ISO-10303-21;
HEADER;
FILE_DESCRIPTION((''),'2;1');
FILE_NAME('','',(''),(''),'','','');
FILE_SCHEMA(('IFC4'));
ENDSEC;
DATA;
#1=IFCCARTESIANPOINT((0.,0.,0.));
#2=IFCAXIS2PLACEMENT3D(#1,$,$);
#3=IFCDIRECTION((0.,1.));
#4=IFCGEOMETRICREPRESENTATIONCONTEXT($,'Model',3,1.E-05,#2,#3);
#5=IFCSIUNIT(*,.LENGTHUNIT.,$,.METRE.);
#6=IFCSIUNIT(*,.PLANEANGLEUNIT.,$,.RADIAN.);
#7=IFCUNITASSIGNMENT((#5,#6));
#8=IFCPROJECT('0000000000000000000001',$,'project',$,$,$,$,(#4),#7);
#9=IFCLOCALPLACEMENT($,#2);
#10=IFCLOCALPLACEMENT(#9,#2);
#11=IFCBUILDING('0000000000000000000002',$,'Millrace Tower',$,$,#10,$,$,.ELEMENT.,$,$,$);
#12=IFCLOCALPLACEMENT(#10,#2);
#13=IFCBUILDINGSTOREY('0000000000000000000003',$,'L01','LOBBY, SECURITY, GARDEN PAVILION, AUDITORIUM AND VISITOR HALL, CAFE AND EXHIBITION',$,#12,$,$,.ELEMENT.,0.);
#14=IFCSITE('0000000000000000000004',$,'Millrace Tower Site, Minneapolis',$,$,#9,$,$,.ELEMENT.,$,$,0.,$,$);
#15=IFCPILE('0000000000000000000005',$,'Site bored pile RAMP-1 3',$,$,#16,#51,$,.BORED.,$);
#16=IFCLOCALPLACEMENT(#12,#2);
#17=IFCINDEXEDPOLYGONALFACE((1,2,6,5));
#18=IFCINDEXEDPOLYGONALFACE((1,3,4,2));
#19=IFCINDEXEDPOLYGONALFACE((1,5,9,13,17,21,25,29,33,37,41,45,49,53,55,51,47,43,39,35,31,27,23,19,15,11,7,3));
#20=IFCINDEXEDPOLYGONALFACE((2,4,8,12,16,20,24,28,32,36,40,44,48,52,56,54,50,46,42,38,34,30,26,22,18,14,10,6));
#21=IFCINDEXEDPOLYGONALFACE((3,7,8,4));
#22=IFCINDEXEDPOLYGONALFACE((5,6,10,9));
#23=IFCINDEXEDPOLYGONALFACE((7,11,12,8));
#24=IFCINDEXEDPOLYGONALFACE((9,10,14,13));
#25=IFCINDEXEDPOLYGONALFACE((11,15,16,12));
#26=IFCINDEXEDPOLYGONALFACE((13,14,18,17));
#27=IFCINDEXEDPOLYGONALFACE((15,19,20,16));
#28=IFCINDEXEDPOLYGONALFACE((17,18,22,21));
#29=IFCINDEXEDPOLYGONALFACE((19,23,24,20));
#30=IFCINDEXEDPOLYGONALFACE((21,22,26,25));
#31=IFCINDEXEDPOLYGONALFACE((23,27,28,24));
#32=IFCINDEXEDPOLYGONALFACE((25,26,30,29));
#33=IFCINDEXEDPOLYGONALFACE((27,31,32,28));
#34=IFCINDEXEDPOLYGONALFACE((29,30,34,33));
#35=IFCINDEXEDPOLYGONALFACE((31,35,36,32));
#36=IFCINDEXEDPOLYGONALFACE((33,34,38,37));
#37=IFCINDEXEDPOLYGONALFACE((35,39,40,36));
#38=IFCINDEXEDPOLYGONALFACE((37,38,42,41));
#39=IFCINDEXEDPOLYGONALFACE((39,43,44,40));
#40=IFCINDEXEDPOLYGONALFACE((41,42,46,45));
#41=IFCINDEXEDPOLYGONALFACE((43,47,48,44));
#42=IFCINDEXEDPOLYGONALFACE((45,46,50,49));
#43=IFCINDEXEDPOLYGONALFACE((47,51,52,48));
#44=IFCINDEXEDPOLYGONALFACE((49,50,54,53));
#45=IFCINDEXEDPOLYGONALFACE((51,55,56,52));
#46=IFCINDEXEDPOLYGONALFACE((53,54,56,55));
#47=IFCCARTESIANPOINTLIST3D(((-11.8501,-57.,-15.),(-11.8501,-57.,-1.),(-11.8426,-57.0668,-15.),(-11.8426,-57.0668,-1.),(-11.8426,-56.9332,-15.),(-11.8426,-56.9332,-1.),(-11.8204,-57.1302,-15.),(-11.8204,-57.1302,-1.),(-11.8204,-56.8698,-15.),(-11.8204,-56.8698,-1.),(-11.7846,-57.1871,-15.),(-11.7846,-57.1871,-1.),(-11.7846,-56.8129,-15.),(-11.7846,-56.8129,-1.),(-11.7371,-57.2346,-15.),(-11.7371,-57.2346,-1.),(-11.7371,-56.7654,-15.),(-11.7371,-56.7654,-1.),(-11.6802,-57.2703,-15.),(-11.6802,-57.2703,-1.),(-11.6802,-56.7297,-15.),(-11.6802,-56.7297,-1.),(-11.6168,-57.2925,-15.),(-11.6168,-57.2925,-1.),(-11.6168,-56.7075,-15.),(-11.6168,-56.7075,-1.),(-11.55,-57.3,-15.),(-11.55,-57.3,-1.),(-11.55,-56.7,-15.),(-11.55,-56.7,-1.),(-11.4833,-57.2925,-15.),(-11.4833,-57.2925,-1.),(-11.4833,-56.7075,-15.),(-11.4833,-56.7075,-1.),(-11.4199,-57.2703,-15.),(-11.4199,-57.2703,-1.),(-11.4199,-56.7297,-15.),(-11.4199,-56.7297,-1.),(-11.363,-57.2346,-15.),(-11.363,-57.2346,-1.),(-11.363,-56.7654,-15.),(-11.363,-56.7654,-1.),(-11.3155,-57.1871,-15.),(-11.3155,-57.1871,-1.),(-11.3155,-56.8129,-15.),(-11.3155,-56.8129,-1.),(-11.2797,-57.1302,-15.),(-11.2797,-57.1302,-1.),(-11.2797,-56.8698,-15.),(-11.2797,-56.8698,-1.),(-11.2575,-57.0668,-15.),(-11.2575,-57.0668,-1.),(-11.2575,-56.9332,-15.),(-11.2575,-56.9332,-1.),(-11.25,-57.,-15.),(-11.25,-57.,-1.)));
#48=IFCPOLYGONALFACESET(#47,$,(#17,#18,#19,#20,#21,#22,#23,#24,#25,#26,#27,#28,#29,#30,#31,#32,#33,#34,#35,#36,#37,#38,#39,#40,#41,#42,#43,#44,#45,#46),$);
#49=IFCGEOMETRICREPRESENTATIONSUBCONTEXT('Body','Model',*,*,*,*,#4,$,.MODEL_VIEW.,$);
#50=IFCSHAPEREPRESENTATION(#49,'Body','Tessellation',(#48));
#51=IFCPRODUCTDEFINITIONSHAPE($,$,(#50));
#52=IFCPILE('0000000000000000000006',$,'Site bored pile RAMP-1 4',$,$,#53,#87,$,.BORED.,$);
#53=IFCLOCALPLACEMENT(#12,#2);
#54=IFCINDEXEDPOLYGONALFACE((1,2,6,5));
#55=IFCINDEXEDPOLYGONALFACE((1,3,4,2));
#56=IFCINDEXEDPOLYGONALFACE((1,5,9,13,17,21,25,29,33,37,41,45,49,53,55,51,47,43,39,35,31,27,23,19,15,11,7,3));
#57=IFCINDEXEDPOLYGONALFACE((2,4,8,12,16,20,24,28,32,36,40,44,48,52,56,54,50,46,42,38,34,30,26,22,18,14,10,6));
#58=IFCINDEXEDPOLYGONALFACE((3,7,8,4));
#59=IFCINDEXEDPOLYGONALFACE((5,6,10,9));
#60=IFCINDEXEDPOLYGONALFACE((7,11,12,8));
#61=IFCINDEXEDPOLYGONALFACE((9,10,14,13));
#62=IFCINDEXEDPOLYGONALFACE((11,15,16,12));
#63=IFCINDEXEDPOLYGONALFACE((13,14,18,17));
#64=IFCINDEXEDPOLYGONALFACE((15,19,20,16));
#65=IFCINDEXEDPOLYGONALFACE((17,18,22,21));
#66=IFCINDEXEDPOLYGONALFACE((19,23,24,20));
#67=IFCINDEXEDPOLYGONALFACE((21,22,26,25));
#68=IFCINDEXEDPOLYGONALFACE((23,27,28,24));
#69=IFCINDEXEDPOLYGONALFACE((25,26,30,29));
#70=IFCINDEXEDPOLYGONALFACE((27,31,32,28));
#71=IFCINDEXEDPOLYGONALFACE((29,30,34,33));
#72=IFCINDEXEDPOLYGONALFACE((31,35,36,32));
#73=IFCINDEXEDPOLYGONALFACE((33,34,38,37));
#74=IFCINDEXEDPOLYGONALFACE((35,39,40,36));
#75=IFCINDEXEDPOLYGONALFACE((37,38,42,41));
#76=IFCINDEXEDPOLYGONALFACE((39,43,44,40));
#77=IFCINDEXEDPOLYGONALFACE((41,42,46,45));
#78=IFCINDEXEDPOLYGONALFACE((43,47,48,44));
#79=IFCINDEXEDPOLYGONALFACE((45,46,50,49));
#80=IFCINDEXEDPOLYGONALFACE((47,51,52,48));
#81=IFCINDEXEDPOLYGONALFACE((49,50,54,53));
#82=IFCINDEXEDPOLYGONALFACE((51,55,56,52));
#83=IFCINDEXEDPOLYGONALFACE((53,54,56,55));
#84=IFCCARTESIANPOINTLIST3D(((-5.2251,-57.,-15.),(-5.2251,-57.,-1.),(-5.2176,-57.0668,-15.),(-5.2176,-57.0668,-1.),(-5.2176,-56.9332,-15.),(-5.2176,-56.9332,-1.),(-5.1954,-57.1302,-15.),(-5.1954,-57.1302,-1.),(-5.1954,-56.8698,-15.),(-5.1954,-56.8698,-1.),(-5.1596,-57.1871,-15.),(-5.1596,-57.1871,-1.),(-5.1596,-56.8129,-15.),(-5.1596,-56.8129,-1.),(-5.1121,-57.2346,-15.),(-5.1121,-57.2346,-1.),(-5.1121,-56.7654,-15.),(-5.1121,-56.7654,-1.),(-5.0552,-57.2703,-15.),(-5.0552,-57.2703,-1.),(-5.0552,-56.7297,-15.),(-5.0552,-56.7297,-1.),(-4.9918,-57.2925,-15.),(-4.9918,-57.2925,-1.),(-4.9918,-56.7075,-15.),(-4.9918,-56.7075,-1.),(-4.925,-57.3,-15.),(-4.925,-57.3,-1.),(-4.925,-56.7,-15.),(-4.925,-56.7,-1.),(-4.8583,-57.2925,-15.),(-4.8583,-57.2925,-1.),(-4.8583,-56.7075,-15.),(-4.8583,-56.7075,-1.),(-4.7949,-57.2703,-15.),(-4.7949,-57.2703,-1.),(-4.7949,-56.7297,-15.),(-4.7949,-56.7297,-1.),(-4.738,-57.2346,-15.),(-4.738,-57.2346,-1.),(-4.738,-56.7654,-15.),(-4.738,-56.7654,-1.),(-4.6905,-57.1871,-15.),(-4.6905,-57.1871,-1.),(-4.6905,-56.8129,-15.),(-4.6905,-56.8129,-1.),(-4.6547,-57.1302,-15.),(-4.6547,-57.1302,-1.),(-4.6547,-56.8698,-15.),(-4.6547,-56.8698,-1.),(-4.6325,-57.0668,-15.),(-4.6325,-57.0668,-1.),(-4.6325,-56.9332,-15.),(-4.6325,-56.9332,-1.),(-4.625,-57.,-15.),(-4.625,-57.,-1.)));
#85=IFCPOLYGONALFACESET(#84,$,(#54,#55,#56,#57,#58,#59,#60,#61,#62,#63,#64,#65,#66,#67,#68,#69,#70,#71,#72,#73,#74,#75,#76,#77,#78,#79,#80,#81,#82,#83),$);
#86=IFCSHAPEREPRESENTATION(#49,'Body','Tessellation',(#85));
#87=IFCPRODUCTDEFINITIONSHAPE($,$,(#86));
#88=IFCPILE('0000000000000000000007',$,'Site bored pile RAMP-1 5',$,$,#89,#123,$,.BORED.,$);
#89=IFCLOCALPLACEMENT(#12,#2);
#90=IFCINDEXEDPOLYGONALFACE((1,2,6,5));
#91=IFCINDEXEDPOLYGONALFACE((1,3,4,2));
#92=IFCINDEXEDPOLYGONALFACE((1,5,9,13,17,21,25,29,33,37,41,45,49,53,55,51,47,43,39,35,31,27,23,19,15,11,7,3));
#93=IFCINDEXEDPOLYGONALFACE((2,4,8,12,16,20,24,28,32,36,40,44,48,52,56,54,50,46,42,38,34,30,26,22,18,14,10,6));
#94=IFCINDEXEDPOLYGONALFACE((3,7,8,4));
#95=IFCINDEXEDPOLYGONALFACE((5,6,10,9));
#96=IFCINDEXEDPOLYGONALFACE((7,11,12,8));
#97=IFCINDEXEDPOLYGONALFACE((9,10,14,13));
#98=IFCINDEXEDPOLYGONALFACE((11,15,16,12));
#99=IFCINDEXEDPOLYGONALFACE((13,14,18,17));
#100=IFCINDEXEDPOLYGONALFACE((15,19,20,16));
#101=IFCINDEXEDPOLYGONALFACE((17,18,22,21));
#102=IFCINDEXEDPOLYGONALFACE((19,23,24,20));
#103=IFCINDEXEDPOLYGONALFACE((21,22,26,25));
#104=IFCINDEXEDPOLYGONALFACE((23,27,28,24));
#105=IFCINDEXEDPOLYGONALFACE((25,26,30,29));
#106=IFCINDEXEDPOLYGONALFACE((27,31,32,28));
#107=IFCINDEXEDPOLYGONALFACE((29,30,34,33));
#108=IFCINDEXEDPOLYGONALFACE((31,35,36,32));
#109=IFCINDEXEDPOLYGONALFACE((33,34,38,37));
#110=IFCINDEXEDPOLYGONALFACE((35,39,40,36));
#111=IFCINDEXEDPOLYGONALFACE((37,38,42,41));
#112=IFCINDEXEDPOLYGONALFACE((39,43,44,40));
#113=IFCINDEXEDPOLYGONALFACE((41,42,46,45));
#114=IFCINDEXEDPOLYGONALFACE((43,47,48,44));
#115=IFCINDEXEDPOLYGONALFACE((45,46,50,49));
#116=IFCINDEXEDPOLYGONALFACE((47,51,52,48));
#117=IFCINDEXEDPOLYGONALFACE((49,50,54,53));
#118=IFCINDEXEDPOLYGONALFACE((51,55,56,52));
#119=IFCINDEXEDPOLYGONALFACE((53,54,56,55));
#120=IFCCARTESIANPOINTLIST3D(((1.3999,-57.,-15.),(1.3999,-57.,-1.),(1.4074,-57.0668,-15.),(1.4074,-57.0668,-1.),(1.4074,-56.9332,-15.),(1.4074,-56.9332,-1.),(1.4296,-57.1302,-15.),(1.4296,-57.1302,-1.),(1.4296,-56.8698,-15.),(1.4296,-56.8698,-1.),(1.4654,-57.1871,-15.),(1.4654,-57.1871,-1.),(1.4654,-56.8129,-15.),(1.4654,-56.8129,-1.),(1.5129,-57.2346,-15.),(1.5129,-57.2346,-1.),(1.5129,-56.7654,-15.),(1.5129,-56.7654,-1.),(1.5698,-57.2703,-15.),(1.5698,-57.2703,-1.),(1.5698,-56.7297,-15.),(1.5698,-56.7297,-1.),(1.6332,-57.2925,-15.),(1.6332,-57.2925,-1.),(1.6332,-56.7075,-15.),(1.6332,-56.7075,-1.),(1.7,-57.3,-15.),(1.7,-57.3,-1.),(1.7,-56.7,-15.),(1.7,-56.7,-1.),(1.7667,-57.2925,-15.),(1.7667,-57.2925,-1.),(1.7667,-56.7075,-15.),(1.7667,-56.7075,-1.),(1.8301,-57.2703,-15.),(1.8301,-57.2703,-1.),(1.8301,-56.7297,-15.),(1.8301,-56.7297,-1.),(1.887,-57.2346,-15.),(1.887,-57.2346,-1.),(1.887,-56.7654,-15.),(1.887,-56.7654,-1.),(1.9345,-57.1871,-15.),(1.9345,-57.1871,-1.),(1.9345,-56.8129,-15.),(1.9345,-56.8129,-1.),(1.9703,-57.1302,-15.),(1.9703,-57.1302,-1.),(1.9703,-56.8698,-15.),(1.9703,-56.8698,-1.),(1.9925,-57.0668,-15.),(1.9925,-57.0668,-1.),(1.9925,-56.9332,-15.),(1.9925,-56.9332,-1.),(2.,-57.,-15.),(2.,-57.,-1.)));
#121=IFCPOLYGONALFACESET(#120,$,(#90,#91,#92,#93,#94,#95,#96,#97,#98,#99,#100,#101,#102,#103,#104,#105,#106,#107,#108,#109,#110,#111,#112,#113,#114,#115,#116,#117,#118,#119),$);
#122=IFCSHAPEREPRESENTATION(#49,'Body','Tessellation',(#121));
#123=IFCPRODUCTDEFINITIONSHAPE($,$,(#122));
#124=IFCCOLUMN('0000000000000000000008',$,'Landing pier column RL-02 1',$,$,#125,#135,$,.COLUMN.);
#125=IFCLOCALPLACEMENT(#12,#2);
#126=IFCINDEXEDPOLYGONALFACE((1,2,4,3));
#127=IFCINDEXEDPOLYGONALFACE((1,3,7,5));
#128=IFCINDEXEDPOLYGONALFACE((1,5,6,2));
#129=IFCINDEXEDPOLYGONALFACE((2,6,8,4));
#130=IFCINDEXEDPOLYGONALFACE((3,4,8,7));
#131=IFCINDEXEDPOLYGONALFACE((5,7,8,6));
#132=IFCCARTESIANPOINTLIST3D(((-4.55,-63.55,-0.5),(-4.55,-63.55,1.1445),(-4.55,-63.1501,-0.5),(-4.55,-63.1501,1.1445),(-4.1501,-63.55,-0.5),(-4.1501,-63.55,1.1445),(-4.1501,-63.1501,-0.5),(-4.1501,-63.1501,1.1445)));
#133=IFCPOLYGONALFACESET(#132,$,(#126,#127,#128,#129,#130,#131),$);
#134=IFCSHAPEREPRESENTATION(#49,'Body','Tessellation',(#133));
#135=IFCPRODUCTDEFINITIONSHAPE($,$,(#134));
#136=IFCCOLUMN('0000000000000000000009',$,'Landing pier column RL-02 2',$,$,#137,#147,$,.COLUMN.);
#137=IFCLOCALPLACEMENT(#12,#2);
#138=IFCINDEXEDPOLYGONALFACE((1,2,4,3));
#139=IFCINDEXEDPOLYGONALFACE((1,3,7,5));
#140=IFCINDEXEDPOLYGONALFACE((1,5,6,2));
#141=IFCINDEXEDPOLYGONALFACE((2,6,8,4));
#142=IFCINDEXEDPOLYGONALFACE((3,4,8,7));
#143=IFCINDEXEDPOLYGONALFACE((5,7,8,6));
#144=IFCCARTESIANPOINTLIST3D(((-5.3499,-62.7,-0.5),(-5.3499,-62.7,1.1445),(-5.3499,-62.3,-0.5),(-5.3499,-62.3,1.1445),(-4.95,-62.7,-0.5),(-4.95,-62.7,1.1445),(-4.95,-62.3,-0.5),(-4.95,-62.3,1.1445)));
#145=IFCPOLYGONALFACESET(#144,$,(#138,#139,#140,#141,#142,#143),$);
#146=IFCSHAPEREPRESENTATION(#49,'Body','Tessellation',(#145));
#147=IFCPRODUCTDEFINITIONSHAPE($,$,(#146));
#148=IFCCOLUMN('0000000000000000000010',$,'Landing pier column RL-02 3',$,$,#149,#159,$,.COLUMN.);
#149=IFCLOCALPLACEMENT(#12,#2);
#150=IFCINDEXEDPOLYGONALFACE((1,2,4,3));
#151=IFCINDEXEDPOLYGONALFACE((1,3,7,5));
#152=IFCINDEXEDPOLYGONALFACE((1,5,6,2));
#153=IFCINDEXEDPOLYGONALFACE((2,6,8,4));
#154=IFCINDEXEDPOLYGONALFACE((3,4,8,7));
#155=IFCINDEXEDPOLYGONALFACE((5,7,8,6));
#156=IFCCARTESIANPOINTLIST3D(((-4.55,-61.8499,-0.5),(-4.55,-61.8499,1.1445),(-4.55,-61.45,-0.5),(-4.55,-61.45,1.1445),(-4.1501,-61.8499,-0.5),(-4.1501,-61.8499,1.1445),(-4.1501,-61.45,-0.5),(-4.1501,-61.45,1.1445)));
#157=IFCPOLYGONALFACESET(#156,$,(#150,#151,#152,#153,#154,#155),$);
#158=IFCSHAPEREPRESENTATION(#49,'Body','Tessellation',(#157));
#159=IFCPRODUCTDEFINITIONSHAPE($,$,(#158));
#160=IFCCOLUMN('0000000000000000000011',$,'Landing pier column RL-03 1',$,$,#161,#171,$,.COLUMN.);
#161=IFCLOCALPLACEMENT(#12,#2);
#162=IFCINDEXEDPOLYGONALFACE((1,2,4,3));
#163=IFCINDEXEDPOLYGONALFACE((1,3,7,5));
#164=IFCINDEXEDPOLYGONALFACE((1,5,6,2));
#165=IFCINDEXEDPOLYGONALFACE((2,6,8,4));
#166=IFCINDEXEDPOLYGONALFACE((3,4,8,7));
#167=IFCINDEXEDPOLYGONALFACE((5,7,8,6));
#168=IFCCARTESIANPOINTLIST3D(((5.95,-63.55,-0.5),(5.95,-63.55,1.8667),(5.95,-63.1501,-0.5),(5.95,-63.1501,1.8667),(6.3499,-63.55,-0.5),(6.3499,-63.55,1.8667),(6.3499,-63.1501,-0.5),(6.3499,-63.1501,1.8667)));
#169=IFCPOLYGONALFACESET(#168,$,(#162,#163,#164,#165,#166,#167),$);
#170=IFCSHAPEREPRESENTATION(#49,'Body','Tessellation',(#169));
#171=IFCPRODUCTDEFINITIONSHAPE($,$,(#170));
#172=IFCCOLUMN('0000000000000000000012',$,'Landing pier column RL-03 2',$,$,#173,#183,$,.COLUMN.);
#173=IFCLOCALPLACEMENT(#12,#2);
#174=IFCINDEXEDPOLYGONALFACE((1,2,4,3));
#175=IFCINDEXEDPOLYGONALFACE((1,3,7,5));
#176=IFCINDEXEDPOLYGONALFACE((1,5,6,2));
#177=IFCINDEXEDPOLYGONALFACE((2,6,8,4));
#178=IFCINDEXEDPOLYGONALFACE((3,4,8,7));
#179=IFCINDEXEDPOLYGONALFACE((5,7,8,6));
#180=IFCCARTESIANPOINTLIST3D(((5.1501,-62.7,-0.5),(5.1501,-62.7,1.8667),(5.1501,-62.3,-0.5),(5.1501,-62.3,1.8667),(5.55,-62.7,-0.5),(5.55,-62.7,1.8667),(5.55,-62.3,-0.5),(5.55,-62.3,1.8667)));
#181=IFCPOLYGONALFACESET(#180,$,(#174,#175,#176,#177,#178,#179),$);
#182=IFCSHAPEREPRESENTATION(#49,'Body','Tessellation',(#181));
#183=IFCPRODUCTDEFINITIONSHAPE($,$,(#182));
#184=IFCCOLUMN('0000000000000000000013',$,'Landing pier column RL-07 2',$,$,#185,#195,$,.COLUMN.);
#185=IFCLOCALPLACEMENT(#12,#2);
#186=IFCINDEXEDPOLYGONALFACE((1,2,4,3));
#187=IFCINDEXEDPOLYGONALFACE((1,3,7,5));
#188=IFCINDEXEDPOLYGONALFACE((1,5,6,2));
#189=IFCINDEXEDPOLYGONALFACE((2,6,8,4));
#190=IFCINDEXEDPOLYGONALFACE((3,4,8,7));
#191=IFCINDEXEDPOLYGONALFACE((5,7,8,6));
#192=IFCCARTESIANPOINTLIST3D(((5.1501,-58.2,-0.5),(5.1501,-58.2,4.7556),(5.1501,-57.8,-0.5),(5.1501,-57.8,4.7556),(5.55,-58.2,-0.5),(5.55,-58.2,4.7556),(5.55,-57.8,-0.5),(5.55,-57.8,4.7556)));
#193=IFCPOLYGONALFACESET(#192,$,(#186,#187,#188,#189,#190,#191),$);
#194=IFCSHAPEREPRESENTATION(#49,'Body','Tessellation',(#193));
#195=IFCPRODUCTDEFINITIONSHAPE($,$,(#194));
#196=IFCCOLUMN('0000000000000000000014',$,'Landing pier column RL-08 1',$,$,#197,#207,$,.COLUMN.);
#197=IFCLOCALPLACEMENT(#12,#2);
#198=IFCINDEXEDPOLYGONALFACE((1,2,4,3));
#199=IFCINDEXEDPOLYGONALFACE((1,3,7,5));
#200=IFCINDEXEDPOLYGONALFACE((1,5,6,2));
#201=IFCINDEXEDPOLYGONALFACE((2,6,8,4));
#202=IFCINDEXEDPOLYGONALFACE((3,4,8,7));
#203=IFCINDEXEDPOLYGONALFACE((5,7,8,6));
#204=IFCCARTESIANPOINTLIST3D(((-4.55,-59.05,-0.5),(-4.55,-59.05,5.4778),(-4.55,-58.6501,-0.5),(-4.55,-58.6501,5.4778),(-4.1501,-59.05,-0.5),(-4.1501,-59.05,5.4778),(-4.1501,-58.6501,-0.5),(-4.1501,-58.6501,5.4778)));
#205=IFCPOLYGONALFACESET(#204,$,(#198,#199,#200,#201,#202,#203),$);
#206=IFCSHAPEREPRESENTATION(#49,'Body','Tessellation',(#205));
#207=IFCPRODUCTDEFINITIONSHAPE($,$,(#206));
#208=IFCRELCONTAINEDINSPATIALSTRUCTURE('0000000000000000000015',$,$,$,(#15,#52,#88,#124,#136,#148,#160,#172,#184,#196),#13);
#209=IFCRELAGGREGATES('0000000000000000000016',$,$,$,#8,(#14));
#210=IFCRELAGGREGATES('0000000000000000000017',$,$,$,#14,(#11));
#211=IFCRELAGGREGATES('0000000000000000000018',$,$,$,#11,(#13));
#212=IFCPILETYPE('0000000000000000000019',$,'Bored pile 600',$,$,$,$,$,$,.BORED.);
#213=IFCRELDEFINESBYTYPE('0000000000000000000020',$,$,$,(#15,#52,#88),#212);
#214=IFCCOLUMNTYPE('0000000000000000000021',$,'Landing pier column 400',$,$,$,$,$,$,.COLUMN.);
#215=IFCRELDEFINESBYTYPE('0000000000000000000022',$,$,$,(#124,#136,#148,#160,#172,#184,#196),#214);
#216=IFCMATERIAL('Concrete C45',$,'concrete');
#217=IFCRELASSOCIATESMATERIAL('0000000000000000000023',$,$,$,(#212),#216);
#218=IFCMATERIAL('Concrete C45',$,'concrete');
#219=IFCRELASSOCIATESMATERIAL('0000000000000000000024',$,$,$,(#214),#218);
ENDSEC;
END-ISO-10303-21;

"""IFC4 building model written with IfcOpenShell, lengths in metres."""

from ifc_helpers import new_model, si_unit, direction, frame, origin, origin_2d, place, context, subcontext, project, spatial, rectangle, circle, extrude, material, material_profile, profile_set, type_object, element, save


model = new_model("IFC4")

# Units and contexts
model_context = context("Model", 3, precision=1e-05, world=origin(), true_north=direction((0.0, 1.0)))
body_context = subcontext(model_context, "Body", "Model", "MODEL_VIEW")
ifc_project = project(units=[si_unit("LENGTHUNIT", "METRE"), si_unit("PLANEANGLEUNIT", "RADIAN")], contexts=[model_context])

# Site, building, storey
site_placement = place(None, origin())
site = spatial("IfcSite", under=ifc_project, at=site_placement, Name="Millrace Tower Site, Minneapolis", CompositionType="ELEMENT", RefElevation=0.0)
building_placement = place(site_placement, origin())
building = spatial("IfcBuilding", under=site, at=building_placement, Name="Millrace Tower", CompositionType="ELEMENT")
storey_placement = place(building_placement, origin())
storey = spatial("IfcBuildingStorey", under=building, at=storey_placement, Name="L01", Description="LOBBY, SECURITY, GARDEN PAVILION, AUDITORIUM AND VISITOR HALL, CAFE AND EXHIBITION", CompositionType="ELEMENT", Elevation=0.0)

# Piles
ifc_material_1 = material(Name="Concrete C45", Category="concrete")
ifc_material_profile_1 = material_profile(ifc_material_1, circle(Radius=0.3, at=origin_2d()))
ifc_profile_set_1 = profile_set([ifc_material_profile_1], Name="Concrete C45")
pile_type = type_object("IfcPileType", Name="Bored pile 600", PredefinedType="BORED", material=ifc_profile_set_1)
for number, where, z_axis, x_axis, name in (
    (1, (-11.55, -57.0, -1.0), (0.0, 0.0, -1.0), (1.0, 0.0, 0.0), "Site bored pile RAMP-1 3"),
    (2, (-4.925, -57.0, -1.0), (0.0, 0.0, -1.0), (1.0, 0.0, 0.0), "Site bored pile RAMP-1 4"),
    (3, (1.7, -57.0, -1.0), (0.0, 0.0, -1.0), (1.0, 0.0, 0.0), "Site bored pile RAMP-1 5"),
):
    element("IfcPile", number, at=place(storey_placement, frame(where, z_axis=z_axis, x_axis=x_axis)), inside=storey, type_object=pile_type, Name=name, PredefinedType="BORED", context=body_context, shape_type="SweptSolid", body=[
        extrude(circle(Radius=0.3, at=origin_2d()), origin(), (0.0, 0.0, 1.0), 14.0),
    ])

# Columns
ifc_material_2 = material(Name="Concrete C45", Category="concrete")
ifc_material_profile_2 = material_profile(ifc_material_2, rectangle(XDim=0.3999, YDim=0.3999, at=origin_2d()))
ifc_profile_set_2 = profile_set([ifc_material_profile_2], Name="Concrete C45")
column_type_1 = type_object("IfcColumnType", Name="Landing pier column 400", PredefinedType="COLUMN", material=ifc_profile_set_2)
for number, where, z_axis, x_axis, name in (
    (4, (-4.3501, -63.3501, -0.5), (0.0, 0.0, 1.0), (1.0, 0.0, 0.0), "Landing pier column RL-02 1"),
    (5, (-5.1499, -62.5, -0.5), (0.0, 0.0, 1.0), (1.0, 0.0, 0.0), "Landing pier column RL-02 2"),
    (6, (-4.3501, -61.6499, -0.5), (0.0, 0.0, 1.0), (1.0, 0.0, 0.0), "Landing pier column RL-02 3"),
):
    element("IfcColumn", number, at=place(storey_placement, frame(where, z_axis=z_axis, x_axis=x_axis)), inside=storey, type_object=column_type_1, Name=name, PredefinedType="COLUMN", context=body_context, shape_type="SweptSolid", body=[
        extrude(rectangle(XDim=0.3999, YDim=0.3999, at=origin_2d()), origin(), (0.0, 0.0, 1.0), 1.6445),
    ])
for number, where, z_axis, x_axis, name in (
    (7, (6.1499, -63.3501, -0.5), (0.0, 0.0, 1.0), (1.0, 0.0, 0.0), "Landing pier column RL-03 1"),
    (8, (5.3501, -62.5, -0.5), (0.0, 0.0, 1.0), (1.0, 0.0, 0.0), "Landing pier column RL-03 2"),
):
    element("IfcColumn", number, at=place(storey_placement, frame(where, z_axis=z_axis, x_axis=x_axis)), inside=storey, type_object=column_type_1, Name=name, PredefinedType="COLUMN", context=body_context, shape_type="SweptSolid", body=[
        extrude(rectangle(XDim=0.3999, YDim=0.3999, at=origin_2d()), origin(), (0.0, 0.0, 1.0), 2.3667),
    ])
column_placement = place(storey_placement, frame((5.3501, -58.0, -0.5), z_axis=(0.0, 0.0, 1.0), x_axis=(1.0, 0.0, 0.0)))
element("IfcColumn", 9, at=column_placement, inside=storey, type_object=column_type_1, Name="Landing pier column RL-07 2", PredefinedType="COLUMN", context=body_context, shape_type="SweptSolid", body=[
    extrude(rectangle(XDim=0.3999, YDim=0.3999, at=origin_2d()), origin(), (0.0, 0.0, 1.0), 5.2556),
])
for number, where, z_axis, x_axis, name in (
    (10, (-4.3501, -58.8501, -0.5), (0.0, 0.0, 1.0), (1.0, 0.0, 0.0), "Landing pier column RL-08 1"),
):
    element("IfcColumn", number, at=place(storey_placement, frame(where, z_axis=z_axis, x_axis=x_axis)), inside=storey, type_object=column_type_1, Name=name, PredefinedType="COLUMN", context=body_context, shape_type="SweptSolid", body=[
        extrude(rectangle(XDim=0.3999, YDim=0.3999, at=origin_2d()), origin(), (0.0, 0.0, 1.0), 5.9778),
    ])

save(model, "model.ifc")
